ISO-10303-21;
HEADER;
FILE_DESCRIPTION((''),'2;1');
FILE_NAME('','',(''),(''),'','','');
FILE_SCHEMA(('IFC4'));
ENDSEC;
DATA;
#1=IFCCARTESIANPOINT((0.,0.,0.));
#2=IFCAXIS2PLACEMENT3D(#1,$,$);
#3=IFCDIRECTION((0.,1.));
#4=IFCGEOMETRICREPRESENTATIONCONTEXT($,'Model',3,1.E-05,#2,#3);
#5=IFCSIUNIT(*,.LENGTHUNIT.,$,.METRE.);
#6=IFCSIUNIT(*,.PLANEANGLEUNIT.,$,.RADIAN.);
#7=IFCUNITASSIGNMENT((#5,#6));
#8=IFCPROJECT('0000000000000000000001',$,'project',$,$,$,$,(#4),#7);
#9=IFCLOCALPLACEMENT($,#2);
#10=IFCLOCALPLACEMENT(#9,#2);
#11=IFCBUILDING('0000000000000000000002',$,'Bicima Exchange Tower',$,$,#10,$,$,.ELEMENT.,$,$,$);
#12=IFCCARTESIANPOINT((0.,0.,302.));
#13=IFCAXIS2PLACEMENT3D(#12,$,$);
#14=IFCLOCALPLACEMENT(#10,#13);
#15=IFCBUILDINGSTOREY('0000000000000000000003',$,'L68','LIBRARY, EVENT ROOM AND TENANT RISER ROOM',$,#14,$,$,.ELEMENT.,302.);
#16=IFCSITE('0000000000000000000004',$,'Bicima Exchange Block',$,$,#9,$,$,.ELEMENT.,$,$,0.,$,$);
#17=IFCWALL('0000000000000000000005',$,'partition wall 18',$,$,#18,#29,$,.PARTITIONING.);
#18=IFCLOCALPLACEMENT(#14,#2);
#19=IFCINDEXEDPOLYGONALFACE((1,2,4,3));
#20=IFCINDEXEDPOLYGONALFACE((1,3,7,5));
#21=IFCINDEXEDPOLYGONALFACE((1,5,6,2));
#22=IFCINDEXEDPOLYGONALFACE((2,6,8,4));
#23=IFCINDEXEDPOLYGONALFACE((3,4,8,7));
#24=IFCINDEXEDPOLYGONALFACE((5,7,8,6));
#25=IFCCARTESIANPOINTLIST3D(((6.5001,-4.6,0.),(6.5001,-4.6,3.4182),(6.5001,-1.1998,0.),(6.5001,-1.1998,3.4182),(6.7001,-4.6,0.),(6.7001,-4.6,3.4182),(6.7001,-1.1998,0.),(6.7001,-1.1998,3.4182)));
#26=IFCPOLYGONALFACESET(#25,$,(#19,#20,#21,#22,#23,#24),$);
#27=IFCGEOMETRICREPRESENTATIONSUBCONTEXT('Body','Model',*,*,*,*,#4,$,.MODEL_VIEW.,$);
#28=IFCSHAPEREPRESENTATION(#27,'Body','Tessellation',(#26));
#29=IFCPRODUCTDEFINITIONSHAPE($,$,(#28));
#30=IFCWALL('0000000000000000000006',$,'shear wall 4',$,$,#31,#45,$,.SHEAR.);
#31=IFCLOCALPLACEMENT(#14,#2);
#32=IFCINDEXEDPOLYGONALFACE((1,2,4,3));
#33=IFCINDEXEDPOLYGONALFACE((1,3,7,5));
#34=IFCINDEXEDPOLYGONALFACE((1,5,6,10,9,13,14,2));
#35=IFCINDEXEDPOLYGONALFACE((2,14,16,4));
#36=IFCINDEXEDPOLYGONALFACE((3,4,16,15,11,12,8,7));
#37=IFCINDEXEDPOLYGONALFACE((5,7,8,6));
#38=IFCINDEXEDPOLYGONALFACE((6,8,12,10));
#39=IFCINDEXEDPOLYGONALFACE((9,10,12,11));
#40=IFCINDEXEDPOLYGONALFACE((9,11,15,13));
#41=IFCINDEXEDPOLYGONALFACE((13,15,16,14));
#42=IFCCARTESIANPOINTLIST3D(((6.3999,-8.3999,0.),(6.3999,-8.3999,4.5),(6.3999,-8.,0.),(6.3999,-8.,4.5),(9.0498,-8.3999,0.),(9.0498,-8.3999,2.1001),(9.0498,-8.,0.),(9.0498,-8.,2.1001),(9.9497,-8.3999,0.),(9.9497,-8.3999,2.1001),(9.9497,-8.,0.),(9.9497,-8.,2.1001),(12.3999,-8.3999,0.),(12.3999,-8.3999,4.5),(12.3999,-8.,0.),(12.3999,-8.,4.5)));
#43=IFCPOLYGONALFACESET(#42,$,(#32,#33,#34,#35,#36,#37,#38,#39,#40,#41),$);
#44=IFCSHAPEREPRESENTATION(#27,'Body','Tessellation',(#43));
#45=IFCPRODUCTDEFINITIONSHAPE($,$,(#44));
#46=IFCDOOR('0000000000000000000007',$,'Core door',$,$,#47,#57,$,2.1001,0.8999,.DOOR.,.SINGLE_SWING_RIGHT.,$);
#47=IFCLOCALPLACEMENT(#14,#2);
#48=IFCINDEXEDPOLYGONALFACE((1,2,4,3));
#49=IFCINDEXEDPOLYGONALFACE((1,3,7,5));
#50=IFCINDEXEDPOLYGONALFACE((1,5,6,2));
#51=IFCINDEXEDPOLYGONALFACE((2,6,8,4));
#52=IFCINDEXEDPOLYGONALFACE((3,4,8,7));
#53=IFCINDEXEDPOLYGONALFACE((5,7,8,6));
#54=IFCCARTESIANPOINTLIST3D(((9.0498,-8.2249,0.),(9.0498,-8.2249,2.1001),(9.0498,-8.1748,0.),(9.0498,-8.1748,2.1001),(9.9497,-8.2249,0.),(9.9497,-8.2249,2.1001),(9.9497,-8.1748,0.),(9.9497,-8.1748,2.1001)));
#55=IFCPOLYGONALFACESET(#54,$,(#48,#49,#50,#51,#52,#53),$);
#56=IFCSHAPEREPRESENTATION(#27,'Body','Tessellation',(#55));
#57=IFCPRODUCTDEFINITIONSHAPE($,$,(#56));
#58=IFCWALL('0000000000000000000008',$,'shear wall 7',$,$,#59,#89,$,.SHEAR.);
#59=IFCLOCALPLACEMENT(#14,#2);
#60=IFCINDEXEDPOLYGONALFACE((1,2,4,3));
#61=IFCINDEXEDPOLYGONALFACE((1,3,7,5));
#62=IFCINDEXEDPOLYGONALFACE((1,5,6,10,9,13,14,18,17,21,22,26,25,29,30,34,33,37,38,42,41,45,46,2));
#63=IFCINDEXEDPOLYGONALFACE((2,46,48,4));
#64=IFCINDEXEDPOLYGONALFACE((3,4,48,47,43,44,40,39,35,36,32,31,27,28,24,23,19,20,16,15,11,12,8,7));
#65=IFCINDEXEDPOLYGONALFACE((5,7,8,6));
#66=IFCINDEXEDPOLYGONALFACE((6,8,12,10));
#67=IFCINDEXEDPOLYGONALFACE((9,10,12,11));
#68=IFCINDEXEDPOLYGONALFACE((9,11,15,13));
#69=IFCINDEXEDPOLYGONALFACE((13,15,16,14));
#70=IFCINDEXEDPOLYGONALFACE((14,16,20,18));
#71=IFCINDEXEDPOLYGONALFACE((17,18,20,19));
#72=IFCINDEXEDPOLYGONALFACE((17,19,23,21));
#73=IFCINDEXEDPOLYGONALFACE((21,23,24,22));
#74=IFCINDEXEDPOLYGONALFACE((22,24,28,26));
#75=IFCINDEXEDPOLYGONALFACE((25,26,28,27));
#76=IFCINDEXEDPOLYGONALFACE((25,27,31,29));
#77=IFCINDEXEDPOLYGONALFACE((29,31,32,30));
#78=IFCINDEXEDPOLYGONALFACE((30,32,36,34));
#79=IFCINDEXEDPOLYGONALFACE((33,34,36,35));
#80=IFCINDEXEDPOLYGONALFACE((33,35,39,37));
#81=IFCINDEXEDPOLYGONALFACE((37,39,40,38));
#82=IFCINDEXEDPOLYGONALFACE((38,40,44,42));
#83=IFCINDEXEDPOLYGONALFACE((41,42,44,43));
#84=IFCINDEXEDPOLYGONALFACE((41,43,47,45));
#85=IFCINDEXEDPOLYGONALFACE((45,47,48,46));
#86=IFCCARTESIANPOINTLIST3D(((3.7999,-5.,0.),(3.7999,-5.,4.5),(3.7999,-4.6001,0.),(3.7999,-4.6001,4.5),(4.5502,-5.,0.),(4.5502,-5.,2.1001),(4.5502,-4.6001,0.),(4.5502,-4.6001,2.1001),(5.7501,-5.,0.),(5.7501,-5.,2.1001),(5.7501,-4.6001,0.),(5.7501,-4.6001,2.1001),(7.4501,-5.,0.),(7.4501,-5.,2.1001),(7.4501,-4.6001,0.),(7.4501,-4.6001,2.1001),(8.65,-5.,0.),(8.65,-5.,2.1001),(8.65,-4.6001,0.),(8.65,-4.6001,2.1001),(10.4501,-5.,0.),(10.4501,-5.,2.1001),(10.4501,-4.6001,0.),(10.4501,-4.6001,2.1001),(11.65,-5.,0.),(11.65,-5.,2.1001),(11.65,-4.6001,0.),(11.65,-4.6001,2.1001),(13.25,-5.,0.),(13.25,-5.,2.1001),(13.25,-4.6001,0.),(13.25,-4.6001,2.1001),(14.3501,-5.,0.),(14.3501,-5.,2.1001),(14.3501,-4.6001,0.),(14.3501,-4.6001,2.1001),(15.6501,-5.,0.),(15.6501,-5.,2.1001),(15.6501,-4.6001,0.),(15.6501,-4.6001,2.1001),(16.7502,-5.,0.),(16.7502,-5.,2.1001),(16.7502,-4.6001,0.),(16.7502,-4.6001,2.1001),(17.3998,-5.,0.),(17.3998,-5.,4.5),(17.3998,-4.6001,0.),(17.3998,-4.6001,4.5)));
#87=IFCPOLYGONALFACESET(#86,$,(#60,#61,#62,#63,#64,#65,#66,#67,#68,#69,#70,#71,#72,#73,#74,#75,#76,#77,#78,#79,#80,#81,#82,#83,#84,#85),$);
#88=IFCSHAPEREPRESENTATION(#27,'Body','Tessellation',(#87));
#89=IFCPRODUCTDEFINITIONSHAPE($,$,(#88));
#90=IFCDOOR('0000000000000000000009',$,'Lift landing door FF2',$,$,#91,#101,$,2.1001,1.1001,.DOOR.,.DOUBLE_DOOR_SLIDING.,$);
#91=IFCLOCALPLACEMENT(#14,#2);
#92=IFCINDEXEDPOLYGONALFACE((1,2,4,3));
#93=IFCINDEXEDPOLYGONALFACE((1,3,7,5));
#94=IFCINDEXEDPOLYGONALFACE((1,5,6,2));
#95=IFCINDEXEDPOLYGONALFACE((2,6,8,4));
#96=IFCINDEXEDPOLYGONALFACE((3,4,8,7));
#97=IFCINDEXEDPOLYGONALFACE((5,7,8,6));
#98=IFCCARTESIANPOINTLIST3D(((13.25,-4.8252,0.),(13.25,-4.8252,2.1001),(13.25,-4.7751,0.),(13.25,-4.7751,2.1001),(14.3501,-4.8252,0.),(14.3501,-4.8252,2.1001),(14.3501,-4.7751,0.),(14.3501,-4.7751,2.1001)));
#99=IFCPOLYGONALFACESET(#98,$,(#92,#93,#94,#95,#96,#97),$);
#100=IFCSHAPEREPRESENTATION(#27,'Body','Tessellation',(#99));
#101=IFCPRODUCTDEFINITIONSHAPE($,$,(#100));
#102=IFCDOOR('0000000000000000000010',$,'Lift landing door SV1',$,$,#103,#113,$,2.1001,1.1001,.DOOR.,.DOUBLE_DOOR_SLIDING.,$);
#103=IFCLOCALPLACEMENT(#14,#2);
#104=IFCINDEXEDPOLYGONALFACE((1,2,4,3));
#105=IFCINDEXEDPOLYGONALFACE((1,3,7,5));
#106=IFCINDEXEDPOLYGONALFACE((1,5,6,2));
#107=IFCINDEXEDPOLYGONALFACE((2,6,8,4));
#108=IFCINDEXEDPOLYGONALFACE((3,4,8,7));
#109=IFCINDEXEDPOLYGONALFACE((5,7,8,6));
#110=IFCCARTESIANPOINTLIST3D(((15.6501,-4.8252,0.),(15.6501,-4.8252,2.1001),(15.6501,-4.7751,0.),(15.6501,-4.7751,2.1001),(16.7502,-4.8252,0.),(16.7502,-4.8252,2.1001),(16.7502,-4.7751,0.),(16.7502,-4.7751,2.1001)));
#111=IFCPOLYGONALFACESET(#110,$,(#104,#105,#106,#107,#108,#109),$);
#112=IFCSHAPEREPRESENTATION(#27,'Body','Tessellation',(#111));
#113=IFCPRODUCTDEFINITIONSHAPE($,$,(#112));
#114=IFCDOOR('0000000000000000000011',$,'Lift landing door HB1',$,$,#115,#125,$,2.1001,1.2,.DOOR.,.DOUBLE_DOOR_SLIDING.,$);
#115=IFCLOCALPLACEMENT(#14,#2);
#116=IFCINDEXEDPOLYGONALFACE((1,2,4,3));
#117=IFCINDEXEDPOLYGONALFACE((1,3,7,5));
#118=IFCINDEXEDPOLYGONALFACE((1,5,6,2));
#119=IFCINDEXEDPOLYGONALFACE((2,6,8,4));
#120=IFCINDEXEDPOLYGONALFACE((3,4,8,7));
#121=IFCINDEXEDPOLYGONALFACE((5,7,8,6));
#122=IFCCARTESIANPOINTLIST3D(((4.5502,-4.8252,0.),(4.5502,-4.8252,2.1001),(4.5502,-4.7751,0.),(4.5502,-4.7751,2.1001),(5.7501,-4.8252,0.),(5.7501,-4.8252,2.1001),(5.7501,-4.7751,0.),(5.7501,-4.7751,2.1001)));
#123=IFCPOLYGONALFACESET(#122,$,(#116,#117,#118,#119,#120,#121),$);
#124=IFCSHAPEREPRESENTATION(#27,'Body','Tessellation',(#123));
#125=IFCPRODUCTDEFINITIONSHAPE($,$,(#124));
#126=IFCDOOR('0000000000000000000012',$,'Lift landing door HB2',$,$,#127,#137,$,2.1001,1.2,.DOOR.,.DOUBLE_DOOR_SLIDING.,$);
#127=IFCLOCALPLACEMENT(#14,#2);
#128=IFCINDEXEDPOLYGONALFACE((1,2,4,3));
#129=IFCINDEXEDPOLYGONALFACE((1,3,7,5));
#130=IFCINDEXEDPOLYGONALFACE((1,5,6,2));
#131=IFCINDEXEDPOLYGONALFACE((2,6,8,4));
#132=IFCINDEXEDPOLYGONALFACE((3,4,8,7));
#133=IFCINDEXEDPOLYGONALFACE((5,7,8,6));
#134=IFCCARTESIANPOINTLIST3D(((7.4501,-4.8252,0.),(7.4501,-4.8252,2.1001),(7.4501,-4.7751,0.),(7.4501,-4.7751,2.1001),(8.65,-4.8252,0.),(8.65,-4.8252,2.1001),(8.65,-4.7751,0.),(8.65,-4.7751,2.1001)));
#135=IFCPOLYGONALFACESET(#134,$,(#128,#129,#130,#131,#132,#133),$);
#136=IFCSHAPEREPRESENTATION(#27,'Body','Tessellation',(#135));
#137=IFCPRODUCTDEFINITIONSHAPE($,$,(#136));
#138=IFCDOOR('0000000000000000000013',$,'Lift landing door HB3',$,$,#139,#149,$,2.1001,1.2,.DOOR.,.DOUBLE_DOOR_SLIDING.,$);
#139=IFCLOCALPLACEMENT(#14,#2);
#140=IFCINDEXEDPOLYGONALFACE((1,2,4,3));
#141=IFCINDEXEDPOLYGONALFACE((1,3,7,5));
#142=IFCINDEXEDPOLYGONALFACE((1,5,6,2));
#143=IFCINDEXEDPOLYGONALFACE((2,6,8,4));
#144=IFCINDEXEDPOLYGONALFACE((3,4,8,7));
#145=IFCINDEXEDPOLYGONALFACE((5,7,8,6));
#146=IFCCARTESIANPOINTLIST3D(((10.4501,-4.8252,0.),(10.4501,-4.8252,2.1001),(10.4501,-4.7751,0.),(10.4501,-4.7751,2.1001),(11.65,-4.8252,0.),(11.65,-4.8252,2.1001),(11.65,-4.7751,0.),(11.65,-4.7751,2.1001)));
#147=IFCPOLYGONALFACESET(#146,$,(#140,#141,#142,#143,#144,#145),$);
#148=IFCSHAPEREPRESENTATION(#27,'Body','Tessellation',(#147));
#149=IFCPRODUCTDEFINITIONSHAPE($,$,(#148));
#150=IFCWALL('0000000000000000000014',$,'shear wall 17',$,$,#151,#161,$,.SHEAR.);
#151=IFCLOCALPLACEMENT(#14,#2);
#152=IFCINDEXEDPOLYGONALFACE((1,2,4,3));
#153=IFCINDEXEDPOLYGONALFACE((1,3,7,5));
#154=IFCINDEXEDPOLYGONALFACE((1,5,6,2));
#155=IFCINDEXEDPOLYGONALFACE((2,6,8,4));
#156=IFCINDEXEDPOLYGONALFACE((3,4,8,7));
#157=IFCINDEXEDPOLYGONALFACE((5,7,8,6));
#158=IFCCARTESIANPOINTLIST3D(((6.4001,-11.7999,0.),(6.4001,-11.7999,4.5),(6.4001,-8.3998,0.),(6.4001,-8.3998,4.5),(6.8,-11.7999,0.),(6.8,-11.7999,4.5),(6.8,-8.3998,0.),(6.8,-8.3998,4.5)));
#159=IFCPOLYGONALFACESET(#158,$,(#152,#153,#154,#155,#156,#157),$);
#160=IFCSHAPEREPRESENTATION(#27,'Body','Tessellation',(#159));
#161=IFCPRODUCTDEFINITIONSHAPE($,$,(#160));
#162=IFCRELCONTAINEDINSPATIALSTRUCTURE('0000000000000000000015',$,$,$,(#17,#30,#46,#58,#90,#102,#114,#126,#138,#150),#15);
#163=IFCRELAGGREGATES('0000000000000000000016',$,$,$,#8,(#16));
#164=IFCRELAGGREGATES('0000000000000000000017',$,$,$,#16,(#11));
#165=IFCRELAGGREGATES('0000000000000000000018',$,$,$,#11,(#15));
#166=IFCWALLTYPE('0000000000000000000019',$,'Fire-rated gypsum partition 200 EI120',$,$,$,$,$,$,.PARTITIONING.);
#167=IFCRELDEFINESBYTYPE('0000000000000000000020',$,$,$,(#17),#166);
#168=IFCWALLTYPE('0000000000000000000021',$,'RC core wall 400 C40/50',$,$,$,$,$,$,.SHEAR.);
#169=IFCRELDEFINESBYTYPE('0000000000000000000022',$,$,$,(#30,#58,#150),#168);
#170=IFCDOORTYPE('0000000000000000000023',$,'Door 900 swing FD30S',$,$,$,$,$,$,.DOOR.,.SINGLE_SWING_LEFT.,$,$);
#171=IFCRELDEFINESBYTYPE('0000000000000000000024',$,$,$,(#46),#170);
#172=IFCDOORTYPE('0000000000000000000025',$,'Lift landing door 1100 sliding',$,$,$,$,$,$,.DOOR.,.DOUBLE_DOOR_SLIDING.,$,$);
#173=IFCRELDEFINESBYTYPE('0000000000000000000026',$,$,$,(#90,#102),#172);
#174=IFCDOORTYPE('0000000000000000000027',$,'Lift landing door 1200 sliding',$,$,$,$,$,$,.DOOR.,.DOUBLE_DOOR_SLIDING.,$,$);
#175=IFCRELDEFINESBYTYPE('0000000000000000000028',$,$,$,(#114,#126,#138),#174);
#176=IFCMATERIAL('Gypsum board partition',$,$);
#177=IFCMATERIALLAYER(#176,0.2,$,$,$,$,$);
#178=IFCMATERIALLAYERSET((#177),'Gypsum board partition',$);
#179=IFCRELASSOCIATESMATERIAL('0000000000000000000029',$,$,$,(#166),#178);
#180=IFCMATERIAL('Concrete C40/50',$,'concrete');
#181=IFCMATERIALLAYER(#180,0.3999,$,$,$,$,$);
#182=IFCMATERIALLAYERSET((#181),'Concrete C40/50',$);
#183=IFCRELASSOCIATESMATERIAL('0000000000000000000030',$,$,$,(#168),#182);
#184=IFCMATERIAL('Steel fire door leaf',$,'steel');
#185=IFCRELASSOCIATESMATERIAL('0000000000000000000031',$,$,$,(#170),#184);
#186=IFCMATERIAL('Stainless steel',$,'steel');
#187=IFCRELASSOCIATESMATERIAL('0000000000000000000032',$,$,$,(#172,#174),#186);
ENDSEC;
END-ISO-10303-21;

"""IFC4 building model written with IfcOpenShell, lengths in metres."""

from ifc_helpers import new_model, si_unit, direction, frame, frame_2d, origin, place, context, subcontext, project, spatial, rectangle, extrude, material, layer, layer_set, type_object, element, fill, save


model = new_model("IFC4")

# Units and contexts
model_context = context("Model", 3, precision=1e-05, world=origin(), true_north=direction((0.0, 1.0)))
body_context = subcontext(model_context, "Body", "Model", "MODEL_VIEW")
ifc_project = project(units=[si_unit("LENGTHUNIT", "METRE"), si_unit("PLANEANGLEUNIT", "RADIAN")], contexts=[model_context])

# Site, building, storey
site_placement = place(None, origin())
site = spatial("IfcSite", under=ifc_project, at=site_placement, Name="Bicima Exchange Block", CompositionType="ELEMENT", RefElevation=0.0)
building_placement = place(site_placement, origin())
building = spatial("IfcBuilding", under=site, at=building_placement, Name="Bicima Exchange Tower", CompositionType="ELEMENT")
storey_placement = place(building_placement, frame((0.0, 0.0, 302.0)))
storey = spatial("IfcBuildingStorey", under=building, at=storey_placement, Name="L68", Description="LIBRARY, EVENT ROOM AND TENANT RISER ROOM", CompositionType="ELEMENT", Elevation=302.0)

# Shared definitions
ifc_material_1 = material(Name="Concrete C40/50", Category="concrete")

# Wall
ifc_material_2 = material(Name="Gypsum board partition")
ifc_layer_1 = layer(ifc_material_2, 0.2)
ifc_layer_set_1 = layer_set([ifc_layer_1], Name="Gypsum board partition")
wall_type_1 = type_object("IfcWallType", Name="Fire-rated gypsum partition 200 EI120", PredefinedType="PARTITIONING", material=ifc_layer_set_1)
wall_1_placement = place(storey_placement, frame((6.6001, -4.6001, 0.0), z_axis=(0.0, 0.0, 1.0), x_axis=(0.0, 1.0, 0.0)))
element("IfcWall", 1, at=wall_1_placement, inside=storey, type_object=wall_type_1, Name="partition wall 18", PredefinedType="PARTITIONING", context=body_context, shape_type="SweptSolid", body=[
    extrude(rectangle(XDim=3.4001, YDim=0.2, at=frame_2d((1.7002, 0.0))), origin(), (0.0, 0.0, 1.0), 3.4182),
])

# Wall, opening, door
ifc_layer_2 = layer(ifc_material_1, 0.3999)
ifc_layer_set_2 = layer_set([ifc_layer_2], Name="Concrete C40/50")
wall_type_2 = type_object("IfcWallType", Name="RC core wall 400 C40/50", PredefinedType="SHEAR", material=ifc_layer_set_2)
wall_2_placement = place(storey_placement, frame((6.3999, -8.2, 0.0), z_axis=(0.0, 0.0, 1.0), x_axis=(1.0, 0.0, 0.0)))
wall_2 = element("IfcWall", 2, at=wall_2_placement, inside=storey, type_object=wall_type_2, Name="shear wall 4", PredefinedType="SHEAR", context=body_context, shape_type="SweptSolid", body=[
    extrude(rectangle(XDim=6.0, YDim=0.3999, at=frame_2d((3.0, 0.0))), origin(), (0.0, 0.0, 1.0), 4.5),
])
opening_1_placement = place(wall_2_placement, frame((2.6499, 0.0, 0.0)))
opening_1 = element("IfcOpeningElement", 3, at=opening_1_placement, cuts=wall_2, PredefinedType="OPENING", context=body_context, shape_type="SweptSolid", body=[
    extrude(rectangle(XDim=0.8999, YDim=2.1001, at=frame_2d((0.45, 1.05))), frame((0.0, 0.2119, 0.0), z_axis=(0.0, -1.0, 0.0), x_axis=(1.0, 0.0, 0.0)), (0.0, 0.0, 1.0), 0.4238),
])
ifc_material_3 = material(Name="Steel fire door leaf", Category="steel")
door_type_1 = type_object("IfcDoorType", Name="Door 900 swing FD30S", OperationType="SINGLE_SWING_LEFT", PredefinedType="DOOR", material=ifc_material_3)
door_1_placement = place(opening_1_placement, frame((0.8999, 0.0, 0.0), z_axis=(0.0, 0.0, 1.0), x_axis=(-1.0, 0.0, 0.0)))
door_1 = element("IfcDoor", 4, at=door_1_placement, inside=storey, type_object=door_type_1, Name="Core door", OperationType="SINGLE_SWING_RIGHT", OverallHeight=2.1001, OverallWidth=0.8999, PredefinedType="DOOR", context=body_context, shape_type="SweptSolid", body=[
    extrude(rectangle(XDim=0.8999, YDim=2.1001, at=frame_2d((0.45, 1.05))), frame((0.0, 0.0249, 0.0), z_axis=(0.0, -1.0, 0.0), x_axis=(1.0, 0.0, 0.0)), (0.0, 0.0, 1.0), 0.05),
])
fill(opening_1, door_1)

# Wall, openings, doors
wall_3_placement = place(storey_placement, frame((3.8, -4.8, 0.0), z_axis=(0.0, 0.0, 1.0), x_axis=(1.0, 0.0, 0.0)))
wall_3 = element("IfcWall", 5, at=wall_3_placement, inside=storey, type_object=wall_type_2, Name="shear wall 7", PredefinedType="SHEAR", context=body_context, shape_type="SweptSolid", body=[
    extrude(rectangle(XDim=13.5999, YDim=0.3999, at=frame_2d((6.7998, 0.0))), origin(), (0.0, 0.0, 1.0), 4.5),
])
opening_2_placement = place(wall_3_placement, frame((0.75, 0.0, 0.0)))
opening_2 = element("IfcOpeningElement", 6, at=opening_2_placement, cuts=wall_3, PredefinedType="OPENING", context=body_context, shape_type="SweptSolid", body=[
    extrude(rectangle(XDim=1.2, YDim=2.1001, at=frame_2d((0.6001, 1.05))), frame((0.0, 0.2119, 0.0), z_axis=(0.0, -1.0, 0.0), x_axis=(1.0, 0.0, 0.0)), (0.0, 0.0, 1.0), 0.4238),
])
opening_3_placement = place(wall_3_placement, frame((3.6499, 0.0, 0.0)))
opening_3 = element("IfcOpeningElement", 7, at=opening_3_placement, cuts=wall_3, PredefinedType="OPENING", context=body_context, shape_type="SweptSolid", body=[
    extrude(rectangle(XDim=1.2, YDim=2.1001, at=frame_2d((0.6001, 1.05))), frame((0.0, 0.2119, 0.0), z_axis=(0.0, -1.0, 0.0), x_axis=(1.0, 0.0, 0.0)), (0.0, 0.0, 1.0), 0.4238),
])
opening_4_placement = place(wall_3_placement, frame((6.6499, 0.0, 0.0)))
opening_4 = element("IfcOpeningElement", 8, at=opening_4_placement, cuts=wall_3, PredefinedType="OPENING", context=body_context, shape_type="SweptSolid", body=[
    extrude(rectangle(XDim=1.2, YDim=2.1001, at=frame_2d((0.6001, 1.05))), frame((0.0, 0.2119, 0.0), z_axis=(0.0, -1.0, 0.0), x_axis=(1.0, 0.0, 0.0)), (0.0, 0.0, 1.0), 0.4238),
])
opening_5_placement = place(wall_3_placement, frame((9.45, 0.0, 0.0)))
opening_5 = element("IfcOpeningElement", 9, at=opening_5_placement, cuts=wall_3, PredefinedType="OPENING", context=body_context, shape_type="SweptSolid", body=[
    extrude(rectangle(XDim=1.1001, YDim=2.1001, at=frame_2d((0.55, 1.05))), frame((0.0, 0.2119, 0.0), z_axis=(0.0, -1.0, 0.0), x_axis=(1.0, 0.0, 0.0)), (0.0, 0.0, 1.0), 0.4238),
])
opening_6_placement = place(wall_3_placement, frame((11.8501, 0.0, 0.0)))
opening_6 = element("IfcOpeningElement", 10, at=opening_6_placement, cuts=wall_3, PredefinedType="OPENING", context=body_context, shape_type="SweptSolid", body=[
    extrude(rectangle(XDim=1.1001, YDim=2.1001, at=frame_2d((0.55, 1.05))), frame((0.0, 0.2119, 0.0), z_axis=(0.0, -1.0, 0.0), x_axis=(1.0, 0.0, 0.0)), (0.0, 0.0, 1.0), 0.4238),
])
ifc_material_4 = material(Name="Stainless steel", Category="steel")
door_type_2 = type_object("IfcDoorType", Name="Lift landing door 1100 sliding", OperationType="DOUBLE_DOOR_SLIDING", PredefinedType="DOOR", material=ifc_material_4)
door_2_placement = place(opening_5_placement, origin())
door_2 = element("IfcDoor", 11, at=door_2_placement, inside=storey, type_object=door_type_2, Name="Lift landing door FF2", OperationType="DOUBLE_DOOR_SLIDING", OverallHeight=2.1001, OverallWidth=1.1001, PredefinedType="DOOR", context=body_context, shape_type="SweptSolid", body=[
    extrude(rectangle(XDim=1.1001, YDim=2.1001, at=frame_2d((0.55, 1.05))), frame((0.0, 0.0249, 0.0), z_axis=(0.0, -1.0, 0.0), x_axis=(1.0, 0.0, 0.0)), (0.0, 0.0, 1.0), 0.05),
])
fill(opening_5, door_2)
door_3_placement = place(opening_6_placement, origin())
door_3 = element("IfcDoor", 12, at=door_3_placement, inside=storey, type_object=door_type_2, Name="Lift landing door SV1", OperationType="DOUBLE_DOOR_SLIDING", OverallHeight=2.1001, OverallWidth=1.1001, PredefinedType="DOOR", context=body_context, shape_type="SweptSolid", body=[
    extrude(rectangle(XDim=1.1001, YDim=2.1001, at=frame_2d((0.55, 1.05))), frame((0.0, 0.0249, 0.0), z_axis=(0.0, -1.0, 0.0), x_axis=(1.0, 0.0, 0.0)), (0.0, 0.0, 1.0), 0.05),
])
fill(opening_6, door_3)
door_type_3 = type_object("IfcDoorType", Name="Lift landing door 1200 sliding", OperationType="DOUBLE_DOOR_SLIDING", PredefinedType="DOOR", material=ifc_material_4)
door_4_placement = place(opening_2_placement, origin())
door_4 = element("IfcDoor", 13, at=door_4_placement, inside=storey, type_object=door_type_3, Name="Lift landing door HB1", OperationType="DOUBLE_DOOR_SLIDING", OverallHeight=2.1001, OverallWidth=1.2, PredefinedType="DOOR", context=body_context, shape_type="SweptSolid", body=[
    extrude(rectangle(XDim=1.2, YDim=2.1001, at=frame_2d((0.6001, 1.05))), frame((0.0, 0.0249, 0.0), z_axis=(0.0, -1.0, 0.0), x_axis=(1.0, 0.0, 0.0)), (0.0, 0.0, 1.0), 0.05),
])
fill(opening_2, door_4)
door_5_placement = place(opening_3_placement, origin())
door_5 = element("IfcDoor", 14, at=door_5_placement, inside=storey, type_object=door_type_3, Name="Lift landing door HB2", OperationType="DOUBLE_DOOR_SLIDING", OverallHeight=2.1001, OverallWidth=1.2, PredefinedType="DOOR", context=body_context, shape_type="SweptSolid", body=[
    extrude(rectangle(XDim=1.2, YDim=2.1001, at=frame_2d((0.6001, 1.05))), frame((0.0, 0.0249, 0.0), z_axis=(0.0, -1.0, 0.0), x_axis=(1.0, 0.0, 0.0)), (0.0, 0.0, 1.0), 0.05),
])
fill(opening_3, door_5)
door_6_placement = place(opening_4_placement, origin())
door_6 = element("IfcDoor", 15, at=door_6_placement, inside=storey, type_object=door_type_3, Name="Lift landing door HB3", OperationType="DOUBLE_DOOR_SLIDING", OverallHeight=2.1001, OverallWidth=1.2, PredefinedType="DOOR", context=body_context, shape_type="SweptSolid", body=[
    extrude(rectangle(XDim=1.2, YDim=2.1001, at=frame_2d((0.6001, 1.05))), frame((0.0, 0.0249, 0.0), z_axis=(0.0, -1.0, 0.0), x_axis=(1.0, 0.0, 0.0)), (0.0, 0.0, 1.0), 0.05),
])
fill(opening_4, door_6)

# Wall
wall_4_placement = place(storey_placement, frame((6.6001, -11.8, 0.0), z_axis=(0.0, 0.0, 1.0), x_axis=(0.0, 1.0, 0.0)))
element("IfcWall", 16, at=wall_4_placement, inside=storey, type_object=wall_type_2, Name="shear wall 17", PredefinedType="SHEAR", context=body_context, shape_type="SweptSolid", body=[
    extrude(rectangle(XDim=3.4001, YDim=0.3999, at=frame_2d((1.7002, 0.0))), origin(), (0.0, 0.0, 1.0), 4.5),
])

save(model, "model.ifc")
